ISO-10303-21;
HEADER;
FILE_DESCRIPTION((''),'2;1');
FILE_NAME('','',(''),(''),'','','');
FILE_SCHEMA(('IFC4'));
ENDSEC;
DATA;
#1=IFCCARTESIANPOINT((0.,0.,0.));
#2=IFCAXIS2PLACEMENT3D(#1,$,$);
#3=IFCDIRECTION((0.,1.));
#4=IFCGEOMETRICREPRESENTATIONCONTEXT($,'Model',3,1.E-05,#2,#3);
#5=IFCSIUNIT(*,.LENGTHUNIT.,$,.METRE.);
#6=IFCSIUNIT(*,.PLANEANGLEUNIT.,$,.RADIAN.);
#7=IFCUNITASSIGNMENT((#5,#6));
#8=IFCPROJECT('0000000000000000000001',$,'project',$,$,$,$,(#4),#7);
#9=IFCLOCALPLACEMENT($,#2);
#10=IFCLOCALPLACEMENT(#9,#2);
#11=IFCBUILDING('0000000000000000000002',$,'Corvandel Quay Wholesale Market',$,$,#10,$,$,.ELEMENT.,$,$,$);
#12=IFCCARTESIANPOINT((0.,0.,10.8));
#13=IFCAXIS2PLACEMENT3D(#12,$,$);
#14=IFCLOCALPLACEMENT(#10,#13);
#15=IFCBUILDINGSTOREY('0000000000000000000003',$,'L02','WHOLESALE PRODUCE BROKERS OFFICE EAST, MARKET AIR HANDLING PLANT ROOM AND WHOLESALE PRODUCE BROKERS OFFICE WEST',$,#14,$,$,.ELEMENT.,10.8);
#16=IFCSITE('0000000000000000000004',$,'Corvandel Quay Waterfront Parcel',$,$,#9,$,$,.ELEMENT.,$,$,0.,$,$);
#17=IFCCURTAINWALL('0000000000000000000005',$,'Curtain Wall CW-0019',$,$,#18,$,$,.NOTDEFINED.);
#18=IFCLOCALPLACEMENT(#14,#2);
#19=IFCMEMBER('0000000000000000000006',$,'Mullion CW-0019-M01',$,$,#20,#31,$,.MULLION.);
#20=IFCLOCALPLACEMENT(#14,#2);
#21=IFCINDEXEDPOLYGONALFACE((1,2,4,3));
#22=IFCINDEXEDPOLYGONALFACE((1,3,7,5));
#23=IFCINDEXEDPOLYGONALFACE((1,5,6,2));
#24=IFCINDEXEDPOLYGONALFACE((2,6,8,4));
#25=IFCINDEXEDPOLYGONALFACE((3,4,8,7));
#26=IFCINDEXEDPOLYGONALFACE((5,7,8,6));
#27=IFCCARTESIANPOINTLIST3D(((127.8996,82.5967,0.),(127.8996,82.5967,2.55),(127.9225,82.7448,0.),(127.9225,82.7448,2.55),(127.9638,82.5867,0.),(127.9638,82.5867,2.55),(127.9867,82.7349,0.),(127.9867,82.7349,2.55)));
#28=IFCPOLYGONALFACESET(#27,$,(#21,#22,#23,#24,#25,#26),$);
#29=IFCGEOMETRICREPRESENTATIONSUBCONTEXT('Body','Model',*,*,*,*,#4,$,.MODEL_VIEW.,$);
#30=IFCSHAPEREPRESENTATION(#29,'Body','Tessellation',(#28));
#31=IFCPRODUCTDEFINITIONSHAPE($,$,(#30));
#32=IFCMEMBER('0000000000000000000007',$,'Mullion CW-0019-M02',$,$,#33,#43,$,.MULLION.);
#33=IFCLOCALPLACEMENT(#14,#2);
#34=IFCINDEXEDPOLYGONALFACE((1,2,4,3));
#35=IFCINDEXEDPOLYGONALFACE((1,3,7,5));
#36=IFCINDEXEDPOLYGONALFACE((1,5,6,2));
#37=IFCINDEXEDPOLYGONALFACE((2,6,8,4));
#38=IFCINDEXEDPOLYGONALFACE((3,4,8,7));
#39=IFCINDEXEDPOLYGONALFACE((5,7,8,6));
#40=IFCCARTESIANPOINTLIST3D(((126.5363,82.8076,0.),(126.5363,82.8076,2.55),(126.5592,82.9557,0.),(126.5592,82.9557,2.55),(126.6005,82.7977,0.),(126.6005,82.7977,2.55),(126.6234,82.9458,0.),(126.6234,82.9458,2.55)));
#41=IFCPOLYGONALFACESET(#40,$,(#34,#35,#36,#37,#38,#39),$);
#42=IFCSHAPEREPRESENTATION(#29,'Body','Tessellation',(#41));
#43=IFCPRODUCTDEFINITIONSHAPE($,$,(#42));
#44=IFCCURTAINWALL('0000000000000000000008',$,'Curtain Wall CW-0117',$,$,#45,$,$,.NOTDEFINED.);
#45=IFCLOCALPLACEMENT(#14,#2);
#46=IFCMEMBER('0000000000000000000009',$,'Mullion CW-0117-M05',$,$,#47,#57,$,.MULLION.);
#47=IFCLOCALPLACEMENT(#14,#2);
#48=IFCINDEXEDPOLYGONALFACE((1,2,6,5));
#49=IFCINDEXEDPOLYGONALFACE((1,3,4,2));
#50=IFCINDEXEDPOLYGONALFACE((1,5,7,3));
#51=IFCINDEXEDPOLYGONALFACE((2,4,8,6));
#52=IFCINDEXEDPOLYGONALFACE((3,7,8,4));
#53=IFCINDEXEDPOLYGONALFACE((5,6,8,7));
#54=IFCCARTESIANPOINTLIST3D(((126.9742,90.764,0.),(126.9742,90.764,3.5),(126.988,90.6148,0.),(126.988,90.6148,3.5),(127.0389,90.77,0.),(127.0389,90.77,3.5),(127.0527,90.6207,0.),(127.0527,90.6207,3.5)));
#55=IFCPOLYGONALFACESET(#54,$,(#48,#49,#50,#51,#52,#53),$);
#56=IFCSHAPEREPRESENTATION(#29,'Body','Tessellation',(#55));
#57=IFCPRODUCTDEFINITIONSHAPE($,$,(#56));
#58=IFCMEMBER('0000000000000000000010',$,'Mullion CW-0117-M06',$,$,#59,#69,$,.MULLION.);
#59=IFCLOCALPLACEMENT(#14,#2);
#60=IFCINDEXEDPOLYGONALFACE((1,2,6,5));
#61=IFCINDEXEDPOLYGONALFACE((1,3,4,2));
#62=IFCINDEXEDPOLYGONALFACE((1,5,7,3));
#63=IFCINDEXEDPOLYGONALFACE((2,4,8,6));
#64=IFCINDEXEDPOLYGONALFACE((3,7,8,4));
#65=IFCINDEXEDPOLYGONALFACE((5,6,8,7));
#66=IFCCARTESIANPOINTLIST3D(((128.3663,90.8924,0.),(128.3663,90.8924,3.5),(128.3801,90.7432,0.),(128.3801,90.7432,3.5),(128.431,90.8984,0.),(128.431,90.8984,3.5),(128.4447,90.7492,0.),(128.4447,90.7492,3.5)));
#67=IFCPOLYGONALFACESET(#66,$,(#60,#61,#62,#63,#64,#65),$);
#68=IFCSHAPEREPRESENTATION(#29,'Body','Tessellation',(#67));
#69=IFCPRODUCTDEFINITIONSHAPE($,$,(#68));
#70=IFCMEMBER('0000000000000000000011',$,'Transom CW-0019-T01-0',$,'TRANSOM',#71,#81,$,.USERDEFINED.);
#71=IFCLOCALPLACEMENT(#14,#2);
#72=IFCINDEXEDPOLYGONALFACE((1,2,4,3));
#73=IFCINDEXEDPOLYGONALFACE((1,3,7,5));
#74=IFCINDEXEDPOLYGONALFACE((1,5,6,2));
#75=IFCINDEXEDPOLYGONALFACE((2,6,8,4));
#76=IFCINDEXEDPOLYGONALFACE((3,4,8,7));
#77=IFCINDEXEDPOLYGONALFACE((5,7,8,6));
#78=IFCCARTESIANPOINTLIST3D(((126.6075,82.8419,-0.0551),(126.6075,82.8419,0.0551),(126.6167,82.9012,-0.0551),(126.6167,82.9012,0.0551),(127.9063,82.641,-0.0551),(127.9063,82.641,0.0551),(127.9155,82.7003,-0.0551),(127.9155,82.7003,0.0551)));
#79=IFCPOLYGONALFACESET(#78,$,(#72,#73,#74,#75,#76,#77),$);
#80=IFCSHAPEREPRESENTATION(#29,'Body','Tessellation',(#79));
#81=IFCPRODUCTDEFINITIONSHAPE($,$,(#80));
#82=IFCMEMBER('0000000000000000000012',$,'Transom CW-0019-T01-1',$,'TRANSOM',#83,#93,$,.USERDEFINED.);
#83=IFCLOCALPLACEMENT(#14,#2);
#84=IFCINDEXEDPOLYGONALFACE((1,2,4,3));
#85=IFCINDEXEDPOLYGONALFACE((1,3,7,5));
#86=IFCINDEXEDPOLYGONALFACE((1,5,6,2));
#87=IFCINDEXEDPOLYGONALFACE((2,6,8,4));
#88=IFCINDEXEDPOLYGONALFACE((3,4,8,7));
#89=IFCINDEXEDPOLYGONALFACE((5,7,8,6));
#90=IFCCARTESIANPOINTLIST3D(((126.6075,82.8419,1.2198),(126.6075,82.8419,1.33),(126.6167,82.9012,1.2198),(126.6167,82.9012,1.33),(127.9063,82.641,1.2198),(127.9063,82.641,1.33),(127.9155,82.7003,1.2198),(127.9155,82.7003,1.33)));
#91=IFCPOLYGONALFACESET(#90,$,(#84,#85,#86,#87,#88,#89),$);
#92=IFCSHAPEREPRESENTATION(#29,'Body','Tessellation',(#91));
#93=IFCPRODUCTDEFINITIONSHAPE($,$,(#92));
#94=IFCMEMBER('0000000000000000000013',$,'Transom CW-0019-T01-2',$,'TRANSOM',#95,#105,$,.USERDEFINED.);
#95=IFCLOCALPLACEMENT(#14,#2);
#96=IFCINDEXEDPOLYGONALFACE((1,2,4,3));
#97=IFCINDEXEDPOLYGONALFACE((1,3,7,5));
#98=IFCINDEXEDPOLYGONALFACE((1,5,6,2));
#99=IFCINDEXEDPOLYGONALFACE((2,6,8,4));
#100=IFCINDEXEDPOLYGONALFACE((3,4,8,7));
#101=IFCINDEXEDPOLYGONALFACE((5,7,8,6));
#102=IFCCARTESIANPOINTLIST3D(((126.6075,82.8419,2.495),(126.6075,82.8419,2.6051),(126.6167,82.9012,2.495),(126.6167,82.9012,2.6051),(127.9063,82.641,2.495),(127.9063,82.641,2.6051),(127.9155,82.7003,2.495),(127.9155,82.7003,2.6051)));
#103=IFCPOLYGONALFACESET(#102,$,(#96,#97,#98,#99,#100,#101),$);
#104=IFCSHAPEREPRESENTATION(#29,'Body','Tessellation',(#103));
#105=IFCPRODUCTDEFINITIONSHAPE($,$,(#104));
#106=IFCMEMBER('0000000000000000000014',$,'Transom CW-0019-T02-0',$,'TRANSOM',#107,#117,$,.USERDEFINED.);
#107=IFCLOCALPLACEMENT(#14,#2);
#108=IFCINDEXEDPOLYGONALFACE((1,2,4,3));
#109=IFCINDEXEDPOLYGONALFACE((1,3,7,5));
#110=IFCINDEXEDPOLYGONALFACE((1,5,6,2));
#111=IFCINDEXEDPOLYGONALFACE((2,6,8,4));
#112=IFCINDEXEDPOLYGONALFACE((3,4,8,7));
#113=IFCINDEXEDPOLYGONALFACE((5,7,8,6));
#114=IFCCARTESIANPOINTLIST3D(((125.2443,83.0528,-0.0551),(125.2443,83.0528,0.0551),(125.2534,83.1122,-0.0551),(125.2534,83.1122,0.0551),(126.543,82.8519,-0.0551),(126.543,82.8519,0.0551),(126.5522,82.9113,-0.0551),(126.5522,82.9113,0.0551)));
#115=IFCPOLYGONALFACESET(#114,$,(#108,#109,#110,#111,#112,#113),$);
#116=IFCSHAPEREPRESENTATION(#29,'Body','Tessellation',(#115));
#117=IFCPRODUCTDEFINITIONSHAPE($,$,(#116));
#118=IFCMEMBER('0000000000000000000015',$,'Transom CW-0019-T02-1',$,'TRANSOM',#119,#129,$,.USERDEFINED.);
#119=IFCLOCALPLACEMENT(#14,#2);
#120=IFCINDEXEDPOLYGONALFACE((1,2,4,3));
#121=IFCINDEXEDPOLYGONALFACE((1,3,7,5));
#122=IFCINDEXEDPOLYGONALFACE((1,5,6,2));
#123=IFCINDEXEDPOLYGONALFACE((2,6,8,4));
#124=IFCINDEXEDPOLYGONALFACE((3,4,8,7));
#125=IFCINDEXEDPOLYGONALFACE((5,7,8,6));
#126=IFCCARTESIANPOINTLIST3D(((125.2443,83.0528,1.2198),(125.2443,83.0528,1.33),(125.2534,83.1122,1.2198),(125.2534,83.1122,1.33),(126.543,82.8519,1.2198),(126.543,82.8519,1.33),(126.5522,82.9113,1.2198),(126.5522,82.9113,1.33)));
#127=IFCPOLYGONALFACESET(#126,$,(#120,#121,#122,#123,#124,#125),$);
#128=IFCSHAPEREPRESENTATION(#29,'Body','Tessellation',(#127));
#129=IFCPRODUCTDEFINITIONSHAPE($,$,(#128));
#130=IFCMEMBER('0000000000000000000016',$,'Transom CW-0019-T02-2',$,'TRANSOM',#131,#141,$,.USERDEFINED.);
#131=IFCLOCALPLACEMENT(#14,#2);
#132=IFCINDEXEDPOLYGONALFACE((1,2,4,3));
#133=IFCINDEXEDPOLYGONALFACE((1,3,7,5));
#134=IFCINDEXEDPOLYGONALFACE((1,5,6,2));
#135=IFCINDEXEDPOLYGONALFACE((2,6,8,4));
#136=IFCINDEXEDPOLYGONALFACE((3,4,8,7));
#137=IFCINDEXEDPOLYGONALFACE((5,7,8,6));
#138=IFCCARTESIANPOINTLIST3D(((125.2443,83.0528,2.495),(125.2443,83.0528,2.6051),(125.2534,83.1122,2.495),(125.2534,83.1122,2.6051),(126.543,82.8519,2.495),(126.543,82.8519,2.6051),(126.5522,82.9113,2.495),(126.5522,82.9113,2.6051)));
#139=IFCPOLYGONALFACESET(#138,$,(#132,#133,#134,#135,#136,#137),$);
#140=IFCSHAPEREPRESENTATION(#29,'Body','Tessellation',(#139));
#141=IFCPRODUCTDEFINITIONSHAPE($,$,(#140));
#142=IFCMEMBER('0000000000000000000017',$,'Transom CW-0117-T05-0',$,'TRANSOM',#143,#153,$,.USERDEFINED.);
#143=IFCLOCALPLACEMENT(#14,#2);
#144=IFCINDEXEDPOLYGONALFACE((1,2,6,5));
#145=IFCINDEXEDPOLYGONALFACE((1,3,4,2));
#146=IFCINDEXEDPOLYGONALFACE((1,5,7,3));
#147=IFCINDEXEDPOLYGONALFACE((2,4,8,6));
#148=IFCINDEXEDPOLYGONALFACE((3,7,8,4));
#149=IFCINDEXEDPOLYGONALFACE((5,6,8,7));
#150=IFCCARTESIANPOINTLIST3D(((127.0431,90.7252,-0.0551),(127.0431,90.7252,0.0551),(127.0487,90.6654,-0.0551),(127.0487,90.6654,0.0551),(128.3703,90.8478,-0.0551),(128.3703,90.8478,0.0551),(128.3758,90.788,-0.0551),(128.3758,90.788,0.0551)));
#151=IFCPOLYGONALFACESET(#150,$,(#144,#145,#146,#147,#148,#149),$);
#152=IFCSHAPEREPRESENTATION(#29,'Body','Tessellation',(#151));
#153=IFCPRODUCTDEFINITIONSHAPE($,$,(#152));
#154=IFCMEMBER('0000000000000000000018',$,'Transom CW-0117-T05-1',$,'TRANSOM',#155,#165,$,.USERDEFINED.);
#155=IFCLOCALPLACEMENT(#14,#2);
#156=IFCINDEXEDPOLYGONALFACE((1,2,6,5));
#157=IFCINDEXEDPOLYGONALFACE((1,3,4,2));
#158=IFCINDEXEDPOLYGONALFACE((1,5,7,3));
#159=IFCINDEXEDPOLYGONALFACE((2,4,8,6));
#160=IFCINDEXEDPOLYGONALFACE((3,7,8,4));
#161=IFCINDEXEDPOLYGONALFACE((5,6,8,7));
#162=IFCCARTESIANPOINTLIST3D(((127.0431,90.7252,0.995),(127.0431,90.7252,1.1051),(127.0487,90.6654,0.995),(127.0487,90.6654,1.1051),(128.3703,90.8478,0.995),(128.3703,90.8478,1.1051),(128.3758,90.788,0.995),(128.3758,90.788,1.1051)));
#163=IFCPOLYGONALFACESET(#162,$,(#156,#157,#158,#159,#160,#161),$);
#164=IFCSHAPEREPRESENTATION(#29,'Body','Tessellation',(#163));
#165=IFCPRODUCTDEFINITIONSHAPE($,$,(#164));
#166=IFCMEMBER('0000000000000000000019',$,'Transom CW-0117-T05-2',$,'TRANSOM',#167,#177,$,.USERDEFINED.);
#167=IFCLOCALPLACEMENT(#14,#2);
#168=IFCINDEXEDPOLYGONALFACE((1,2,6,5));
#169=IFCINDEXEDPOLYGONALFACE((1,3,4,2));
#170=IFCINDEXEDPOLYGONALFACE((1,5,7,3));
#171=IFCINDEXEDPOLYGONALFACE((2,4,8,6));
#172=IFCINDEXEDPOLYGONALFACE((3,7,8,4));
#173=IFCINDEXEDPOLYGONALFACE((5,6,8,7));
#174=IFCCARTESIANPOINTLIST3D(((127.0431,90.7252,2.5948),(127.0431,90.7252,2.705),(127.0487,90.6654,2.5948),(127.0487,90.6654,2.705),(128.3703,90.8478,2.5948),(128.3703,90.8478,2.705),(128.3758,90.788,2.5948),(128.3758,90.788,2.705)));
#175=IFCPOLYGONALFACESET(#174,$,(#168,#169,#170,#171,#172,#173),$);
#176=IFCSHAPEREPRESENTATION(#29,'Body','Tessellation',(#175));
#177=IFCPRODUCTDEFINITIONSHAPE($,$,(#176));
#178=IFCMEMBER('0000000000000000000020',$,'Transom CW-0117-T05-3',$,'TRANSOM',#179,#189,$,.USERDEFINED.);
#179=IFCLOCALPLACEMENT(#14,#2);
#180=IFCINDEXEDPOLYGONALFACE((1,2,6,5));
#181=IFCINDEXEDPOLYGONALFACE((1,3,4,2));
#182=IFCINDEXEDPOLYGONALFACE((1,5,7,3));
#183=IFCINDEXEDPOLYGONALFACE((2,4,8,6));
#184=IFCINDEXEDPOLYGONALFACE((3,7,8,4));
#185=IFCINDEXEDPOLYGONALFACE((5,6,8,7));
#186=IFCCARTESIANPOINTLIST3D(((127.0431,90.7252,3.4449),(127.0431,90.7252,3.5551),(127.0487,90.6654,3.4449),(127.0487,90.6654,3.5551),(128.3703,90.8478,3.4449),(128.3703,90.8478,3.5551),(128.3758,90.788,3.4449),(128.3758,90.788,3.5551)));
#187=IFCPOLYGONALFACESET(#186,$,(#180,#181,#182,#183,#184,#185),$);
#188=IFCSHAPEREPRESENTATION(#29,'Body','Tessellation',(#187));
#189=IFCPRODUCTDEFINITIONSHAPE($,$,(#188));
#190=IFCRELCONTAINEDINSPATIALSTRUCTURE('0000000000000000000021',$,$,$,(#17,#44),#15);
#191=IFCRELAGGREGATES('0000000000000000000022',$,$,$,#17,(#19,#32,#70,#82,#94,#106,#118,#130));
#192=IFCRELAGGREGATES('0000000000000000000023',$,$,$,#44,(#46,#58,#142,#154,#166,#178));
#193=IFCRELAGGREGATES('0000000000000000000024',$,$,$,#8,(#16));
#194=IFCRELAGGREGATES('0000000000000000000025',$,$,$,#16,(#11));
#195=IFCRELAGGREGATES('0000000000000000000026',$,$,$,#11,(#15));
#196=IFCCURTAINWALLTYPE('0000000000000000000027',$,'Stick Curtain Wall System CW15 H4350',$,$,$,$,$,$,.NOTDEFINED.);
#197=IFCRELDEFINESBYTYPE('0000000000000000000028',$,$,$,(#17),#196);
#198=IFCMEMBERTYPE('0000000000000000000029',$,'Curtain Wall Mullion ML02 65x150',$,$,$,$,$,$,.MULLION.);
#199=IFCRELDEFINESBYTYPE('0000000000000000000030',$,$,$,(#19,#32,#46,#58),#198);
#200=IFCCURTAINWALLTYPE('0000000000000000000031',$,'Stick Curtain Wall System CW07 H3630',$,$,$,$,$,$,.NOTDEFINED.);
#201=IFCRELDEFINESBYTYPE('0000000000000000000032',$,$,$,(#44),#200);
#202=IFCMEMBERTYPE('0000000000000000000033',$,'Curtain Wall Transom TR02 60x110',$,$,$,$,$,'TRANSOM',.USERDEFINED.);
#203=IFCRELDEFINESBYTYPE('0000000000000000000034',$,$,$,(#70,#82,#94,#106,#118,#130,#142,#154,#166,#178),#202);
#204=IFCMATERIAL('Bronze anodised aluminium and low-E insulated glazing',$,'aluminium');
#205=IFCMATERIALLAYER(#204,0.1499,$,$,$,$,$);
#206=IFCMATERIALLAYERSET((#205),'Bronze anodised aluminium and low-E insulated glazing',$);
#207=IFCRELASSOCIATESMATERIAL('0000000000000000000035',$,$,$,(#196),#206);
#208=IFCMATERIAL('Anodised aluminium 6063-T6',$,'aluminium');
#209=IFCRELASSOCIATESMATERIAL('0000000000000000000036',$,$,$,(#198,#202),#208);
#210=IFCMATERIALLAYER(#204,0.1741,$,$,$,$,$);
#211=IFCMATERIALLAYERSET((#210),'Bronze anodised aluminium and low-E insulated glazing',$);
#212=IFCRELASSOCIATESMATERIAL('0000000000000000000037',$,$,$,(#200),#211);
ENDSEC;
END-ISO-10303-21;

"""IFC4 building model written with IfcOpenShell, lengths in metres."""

from ifc_helpers import new_model, si_unit, direction, frame, origin, origin_2d, place, context, subcontext, project, spatial, rectangle, extrude, material, layer, layer_set, material_profile, profile_set, type_object, element, aggregate, save


model = new_model("IFC4")

# Units and contexts
model_context = context("Model", 3, precision=1e-05, world=origin(), true_north=direction((0.0, 1.0)))
body_context = subcontext(model_context, "Body", "Model", "MODEL_VIEW")
ifc_project = project(units=[si_unit("LENGTHUNIT", "METRE"), si_unit("PLANEANGLEUNIT", "RADIAN")], contexts=[model_context])

# Site, building, storey
site_placement = place(None, origin())
site = spatial("IfcSite", under=ifc_project, at=site_placement, Name="Corvandel Quay Waterfront Parcel", CompositionType="ELEMENT", RefElevation=0.0)
building_placement = place(site_placement, origin())
building = spatial("IfcBuilding", under=site, at=building_placement, Name="Corvandel Quay Wholesale Market", CompositionType="ELEMENT")
storey_placement = place(building_placement, frame((0.0, 0.0, 10.8)))
storey = spatial("IfcBuildingStorey", under=building, at=storey_placement, Name="L02", Description="WHOLESALE PRODUCE BROKERS OFFICE EAST, MARKET AIR HANDLING PLANT ROOM AND WHOLESALE PRODUCE BROKERS OFFICE WEST", CompositionType="ELEMENT", Elevation=10.8)

# Curtain walls, members
ifc_material_1 = material(Name="Bronze anodised aluminium and low-E insulated glazing", Category="aluminium")
ifc_layer_1 = layer(ifc_material_1, 0.1499)
ifc_layer_set_1 = layer_set([ifc_layer_1], Name="Bronze anodised aluminium and low-E insulated glazing")
curtain_wall_type_1 = type_object("IfcCurtainWallType", Name="Stick Curtain Wall System CW15 H4350", PredefinedType="NOTDEFINED", material=ifc_layer_set_1)
curtain_wall_1_placement = place(storey_placement, origin())
curtain_wall_1 = element("IfcCurtainWall", 1, at=curtain_wall_1_placement, inside=storey, type_object=curtain_wall_type_1, Name="Curtain Wall CW-0019", PredefinedType="NOTDEFINED")
ifc_material_2 = material(Name="Anodised aluminium 6063-T6", Category="aluminium")
ifc_material_profile_1 = material_profile(ifc_material_2, rectangle(XDim=0.0649, YDim=0.1499, at=origin_2d()), Name="ALU-MUL-65x150")
ifc_profile_set_1 = profile_set([ifc_material_profile_1], Name="Anodised aluminium 6063-T6")
member_type_1 = type_object("IfcMemberType", Name="Curtain Wall Mullion ML02 65x150", PredefinedType="MULLION", material=ifc_profile_set_1)
member_1_placement = place(storey_placement, frame((127.9431, 82.6658, 0.0), z_axis=(0.0, 0.0, 1.0), x_axis=(-0.988255, 0.152813, 0.0)))
member_1 = element("IfcMember", 2, at=member_1_placement, type_object=member_type_1, Name="Mullion CW-0019-M01", PredefinedType="MULLION", context=body_context, shape_type="SweptSolid", body=[
    extrude(rectangle(XDim=0.0649, YDim=0.1499, at=origin_2d()), origin(), (0.0, 0.0, 1.0), 2.55),
])
member_2_placement = place(storey_placement, frame((126.5798, 82.8767, 0.0), z_axis=(0.0, 0.0, 1.0), x_axis=(-0.988255, 0.152813, 0.0)))
member_2 = element("IfcMember", 3, at=member_2_placement, type_object=member_type_1, Name="Mullion CW-0019-M02", PredefinedType="MULLION", context=body_context, shape_type="SweptSolid", body=[
    extrude(rectangle(XDim=0.0649, YDim=0.1499, at=origin_2d()), origin(), (0.0, 0.0, 1.0), 2.55),
])
ifc_layer_2 = layer(ifc_material_1, 0.1741)
ifc_layer_set_2 = layer_set([ifc_layer_2], Name="Bronze anodised aluminium and low-E insulated glazing")
curtain_wall_type_2 = type_object("IfcCurtainWallType", Name="Stick Curtain Wall System CW07 H3630", PredefinedType="NOTDEFINED", material=ifc_layer_set_2)
curtain_wall_2_placement = place(storey_placement, origin())
curtain_wall_2 = element("IfcCurtainWall", 4, at=curtain_wall_2_placement, inside=storey, type_object=curtain_wall_type_2, Name="Curtain Wall CW-0117", PredefinedType="NOTDEFINED")
member_3_placement = place(storey_placement, frame((127.0134, 90.6924, 0.0), z_axis=(0.0, 0.0, 1.0), x_axis=(0.995757, 0.092023, 0.0)))
member_3 = element("IfcMember", 5, at=member_3_placement, type_object=member_type_1, Name="Mullion CW-0117-M05", PredefinedType="MULLION", context=body_context, shape_type="SweptSolid", body=[
    extrude(rectangle(XDim=0.0649, YDim=0.1499, at=origin_2d()), origin(), (0.0, 0.0, 1.0), 3.5),
])
member_4_placement = place(storey_placement, frame((128.4055, 90.8208, 0.0), z_axis=(0.0, 0.0, 1.0), x_axis=(0.995757, 0.092023, 0.0)))
member_4 = element("IfcMember", 6, at=member_4_placement, type_object=member_type_1, Name="Mullion CW-0117-M06", PredefinedType="MULLION", context=body_context, shape_type="SweptSolid", body=[
    extrude(rectangle(XDim=0.0649, YDim=0.1499, at=origin_2d()), origin(), (0.0, 0.0, 1.0), 3.5),
])

# Members
ifc_material_profile_2 = material_profile(ifc_material_2, rectangle(XDim=0.0601, YDim=0.1101, at=origin_2d()), Name="ALU-TRN-60x110")
ifc_profile_set_2 = profile_set([ifc_material_profile_2], Name="Anodised aluminium 6063-T6")
member_type_2 = type_object("IfcMemberType", Name="Curtain Wall Transom TR02 60x110", ElementType="TRANSOM", PredefinedType="USERDEFINED", material=ifc_profile_set_2)
member_5_placement = place(storey_placement, frame((127.9109, 82.6707, 0.0), z_axis=(-0.988245, 0.152881, 0.0), x_axis=(-0.152881, -0.988245, 0.0)))
member_5 = element("IfcMember", 7, at=member_5_placement, type_object=member_type_2, Name="Transom CW-0019-T01-0", ObjectType="TRANSOM", PredefinedType="USERDEFINED", context=body_context, shape_type="SweptSolid", body=[
    extrude(rectangle(XDim=0.0601, YDim=0.1101, at=origin_2d()), origin(), (0.0, 0.0, 1.0), 1.3142),
])
member_6_placement = place(storey_placement, frame((127.9109, 82.6707, 1.2749), z_axis=(-0.988245, 0.152881, 0.0), x_axis=(-0.152881, -0.988245, 0.0)))
member_6 = element("IfcMember", 8, at=member_6_placement, type_object=member_type_2, Name="Transom CW-0019-T01-1", ObjectType="TRANSOM", PredefinedType="USERDEFINED", context=body_context, shape_type="SweptSolid", body=[
    extrude(rectangle(XDim=0.0601, YDim=0.1101, at=origin_2d()), origin(), (0.0, 0.0, 1.0), 1.3142),
])
member_7_placement = place(storey_placement, frame((127.9109, 82.6707, 2.55), z_axis=(-0.988245, 0.152881, 0.0), x_axis=(-0.152881, -0.988245, 0.0)))
member_7 = element("IfcMember", 9, at=member_7_placement, type_object=member_type_2, Name="Transom CW-0019-T01-2", ObjectType="TRANSOM", PredefinedType="USERDEFINED", context=body_context, shape_type="SweptSolid", body=[
    extrude(rectangle(XDim=0.0601, YDim=0.1101, at=origin_2d()), origin(), (0.0, 0.0, 1.0), 1.3142),
])
member_8_placement = place(storey_placement, frame((126.5476, 82.8816, 0.0), z_axis=(-0.988245, 0.152881, 0.0), x_axis=(-0.152881, -0.988245, 0.0)))
member_8 = element("IfcMember", 10, at=member_8_placement, type_object=member_type_2, Name="Transom CW-0019-T02-0", ObjectType="TRANSOM", PredefinedType="USERDEFINED", context=body_context, shape_type="SweptSolid", body=[
    extrude(rectangle(XDim=0.0601, YDim=0.1101, at=origin_2d()), origin(), (0.0, 0.0, 1.0), 1.3142),
])
member_9_placement = place(storey_placement, frame((126.5476, 82.8816, 1.2749), z_axis=(-0.988245, 0.152881, 0.0), x_axis=(-0.152881, -0.988245, 0.0)))
member_9 = element("IfcMember", 11, at=member_9_placement, type_object=member_type_2, Name="Transom CW-0019-T02-1", ObjectType="TRANSOM", PredefinedType="USERDEFINED", context=body_context, shape_type="SweptSolid", body=[
    extrude(rectangle(XDim=0.0601, YDim=0.1101, at=origin_2d()), origin(), (0.0, 0.0, 1.0), 1.3142),
])
member_10_placement = place(storey_placement, frame((126.5476, 82.8816, 2.55), z_axis=(-0.988245, 0.152881, 0.0), x_axis=(-0.152881, -0.988245, 0.0)))
member_10 = element("IfcMember", 12, at=member_10_placement, type_object=member_type_2, Name="Transom CW-0019-T02-2", ObjectType="TRANSOM", PredefinedType="USERDEFINED", context=body_context, shape_type="SweptSolid", body=[
    extrude(rectangle(XDim=0.0601, YDim=0.1101, at=origin_2d()), origin(), (0.0, 0.0, 1.0), 1.3142),
])
member_11_placement = place(storey_placement, frame((127.0459, 90.6953, 0.0), z_axis=(0.995763, 0.091956, 0.0), x_axis=(-0.091956, 0.995763, 0.0)))
member_11 = element("IfcMember", 13, at=member_11_placement, type_object=member_type_2, Name="Transom CW-0117-T05-0", ObjectType="TRANSOM", PredefinedType="USERDEFINED", context=body_context, shape_type="SweptSolid", body=[
    extrude(rectangle(XDim=0.0601, YDim=0.1101, at=origin_2d()), origin(), (0.0, 0.0, 1.0), 1.3328),
])
member_12_placement = place(storey_placement, frame((127.0459, 90.6953, 1.05), z_axis=(0.995763, 0.091956, 0.0), x_axis=(-0.091956, 0.995763, 0.0)))
member_12 = element("IfcMember", 14, at=member_12_placement, type_object=member_type_2, Name="Transom CW-0117-T05-1", ObjectType="TRANSOM", PredefinedType="USERDEFINED", context=body_context, shape_type="SweptSolid", body=[
    extrude(rectangle(XDim=0.0601, YDim=0.1101, at=origin_2d()), origin(), (0.0, 0.0, 1.0), 1.3328),
])
member_13_placement = place(storey_placement, frame((127.0459, 90.6953, 2.6499), z_axis=(0.995763, 0.091956, 0.0), x_axis=(-0.091956, 0.995763, 0.0)))
member_13 = element("IfcMember", 15, at=member_13_placement, type_object=member_type_2, Name="Transom CW-0117-T05-2", ObjectType="TRANSOM", PredefinedType="USERDEFINED", context=body_context, shape_type="SweptSolid", body=[
    extrude(rectangle(XDim=0.0601, YDim=0.1101, at=origin_2d()), origin(), (0.0, 0.0, 1.0), 1.3328),
])
member_14_placement = place(storey_placement, frame((127.0459, 90.6953, 3.5), z_axis=(0.995763, 0.091956, 0.0), x_axis=(-0.091956, 0.995763, 0.0)))
member_14 = element("IfcMember", 16, at=member_14_placement, type_object=member_type_2, Name="Transom CW-0117-T05-3", ObjectType="TRANSOM", PredefinedType="USERDEFINED", context=body_context, shape_type="SweptSolid", body=[
    extrude(rectangle(XDim=0.0601, YDim=0.1101, at=origin_2d()), origin(), (0.0, 0.0, 1.0), 1.3328),
])

aggregate(curtain_wall_1, [member_1, member_2, member_5, member_6, member_7, member_8, member_9, member_10])
aggregate(curtain_wall_2, [member_3, member_4, member_11, member_12, member_13, member_14])

save(model, "model.ifc")
